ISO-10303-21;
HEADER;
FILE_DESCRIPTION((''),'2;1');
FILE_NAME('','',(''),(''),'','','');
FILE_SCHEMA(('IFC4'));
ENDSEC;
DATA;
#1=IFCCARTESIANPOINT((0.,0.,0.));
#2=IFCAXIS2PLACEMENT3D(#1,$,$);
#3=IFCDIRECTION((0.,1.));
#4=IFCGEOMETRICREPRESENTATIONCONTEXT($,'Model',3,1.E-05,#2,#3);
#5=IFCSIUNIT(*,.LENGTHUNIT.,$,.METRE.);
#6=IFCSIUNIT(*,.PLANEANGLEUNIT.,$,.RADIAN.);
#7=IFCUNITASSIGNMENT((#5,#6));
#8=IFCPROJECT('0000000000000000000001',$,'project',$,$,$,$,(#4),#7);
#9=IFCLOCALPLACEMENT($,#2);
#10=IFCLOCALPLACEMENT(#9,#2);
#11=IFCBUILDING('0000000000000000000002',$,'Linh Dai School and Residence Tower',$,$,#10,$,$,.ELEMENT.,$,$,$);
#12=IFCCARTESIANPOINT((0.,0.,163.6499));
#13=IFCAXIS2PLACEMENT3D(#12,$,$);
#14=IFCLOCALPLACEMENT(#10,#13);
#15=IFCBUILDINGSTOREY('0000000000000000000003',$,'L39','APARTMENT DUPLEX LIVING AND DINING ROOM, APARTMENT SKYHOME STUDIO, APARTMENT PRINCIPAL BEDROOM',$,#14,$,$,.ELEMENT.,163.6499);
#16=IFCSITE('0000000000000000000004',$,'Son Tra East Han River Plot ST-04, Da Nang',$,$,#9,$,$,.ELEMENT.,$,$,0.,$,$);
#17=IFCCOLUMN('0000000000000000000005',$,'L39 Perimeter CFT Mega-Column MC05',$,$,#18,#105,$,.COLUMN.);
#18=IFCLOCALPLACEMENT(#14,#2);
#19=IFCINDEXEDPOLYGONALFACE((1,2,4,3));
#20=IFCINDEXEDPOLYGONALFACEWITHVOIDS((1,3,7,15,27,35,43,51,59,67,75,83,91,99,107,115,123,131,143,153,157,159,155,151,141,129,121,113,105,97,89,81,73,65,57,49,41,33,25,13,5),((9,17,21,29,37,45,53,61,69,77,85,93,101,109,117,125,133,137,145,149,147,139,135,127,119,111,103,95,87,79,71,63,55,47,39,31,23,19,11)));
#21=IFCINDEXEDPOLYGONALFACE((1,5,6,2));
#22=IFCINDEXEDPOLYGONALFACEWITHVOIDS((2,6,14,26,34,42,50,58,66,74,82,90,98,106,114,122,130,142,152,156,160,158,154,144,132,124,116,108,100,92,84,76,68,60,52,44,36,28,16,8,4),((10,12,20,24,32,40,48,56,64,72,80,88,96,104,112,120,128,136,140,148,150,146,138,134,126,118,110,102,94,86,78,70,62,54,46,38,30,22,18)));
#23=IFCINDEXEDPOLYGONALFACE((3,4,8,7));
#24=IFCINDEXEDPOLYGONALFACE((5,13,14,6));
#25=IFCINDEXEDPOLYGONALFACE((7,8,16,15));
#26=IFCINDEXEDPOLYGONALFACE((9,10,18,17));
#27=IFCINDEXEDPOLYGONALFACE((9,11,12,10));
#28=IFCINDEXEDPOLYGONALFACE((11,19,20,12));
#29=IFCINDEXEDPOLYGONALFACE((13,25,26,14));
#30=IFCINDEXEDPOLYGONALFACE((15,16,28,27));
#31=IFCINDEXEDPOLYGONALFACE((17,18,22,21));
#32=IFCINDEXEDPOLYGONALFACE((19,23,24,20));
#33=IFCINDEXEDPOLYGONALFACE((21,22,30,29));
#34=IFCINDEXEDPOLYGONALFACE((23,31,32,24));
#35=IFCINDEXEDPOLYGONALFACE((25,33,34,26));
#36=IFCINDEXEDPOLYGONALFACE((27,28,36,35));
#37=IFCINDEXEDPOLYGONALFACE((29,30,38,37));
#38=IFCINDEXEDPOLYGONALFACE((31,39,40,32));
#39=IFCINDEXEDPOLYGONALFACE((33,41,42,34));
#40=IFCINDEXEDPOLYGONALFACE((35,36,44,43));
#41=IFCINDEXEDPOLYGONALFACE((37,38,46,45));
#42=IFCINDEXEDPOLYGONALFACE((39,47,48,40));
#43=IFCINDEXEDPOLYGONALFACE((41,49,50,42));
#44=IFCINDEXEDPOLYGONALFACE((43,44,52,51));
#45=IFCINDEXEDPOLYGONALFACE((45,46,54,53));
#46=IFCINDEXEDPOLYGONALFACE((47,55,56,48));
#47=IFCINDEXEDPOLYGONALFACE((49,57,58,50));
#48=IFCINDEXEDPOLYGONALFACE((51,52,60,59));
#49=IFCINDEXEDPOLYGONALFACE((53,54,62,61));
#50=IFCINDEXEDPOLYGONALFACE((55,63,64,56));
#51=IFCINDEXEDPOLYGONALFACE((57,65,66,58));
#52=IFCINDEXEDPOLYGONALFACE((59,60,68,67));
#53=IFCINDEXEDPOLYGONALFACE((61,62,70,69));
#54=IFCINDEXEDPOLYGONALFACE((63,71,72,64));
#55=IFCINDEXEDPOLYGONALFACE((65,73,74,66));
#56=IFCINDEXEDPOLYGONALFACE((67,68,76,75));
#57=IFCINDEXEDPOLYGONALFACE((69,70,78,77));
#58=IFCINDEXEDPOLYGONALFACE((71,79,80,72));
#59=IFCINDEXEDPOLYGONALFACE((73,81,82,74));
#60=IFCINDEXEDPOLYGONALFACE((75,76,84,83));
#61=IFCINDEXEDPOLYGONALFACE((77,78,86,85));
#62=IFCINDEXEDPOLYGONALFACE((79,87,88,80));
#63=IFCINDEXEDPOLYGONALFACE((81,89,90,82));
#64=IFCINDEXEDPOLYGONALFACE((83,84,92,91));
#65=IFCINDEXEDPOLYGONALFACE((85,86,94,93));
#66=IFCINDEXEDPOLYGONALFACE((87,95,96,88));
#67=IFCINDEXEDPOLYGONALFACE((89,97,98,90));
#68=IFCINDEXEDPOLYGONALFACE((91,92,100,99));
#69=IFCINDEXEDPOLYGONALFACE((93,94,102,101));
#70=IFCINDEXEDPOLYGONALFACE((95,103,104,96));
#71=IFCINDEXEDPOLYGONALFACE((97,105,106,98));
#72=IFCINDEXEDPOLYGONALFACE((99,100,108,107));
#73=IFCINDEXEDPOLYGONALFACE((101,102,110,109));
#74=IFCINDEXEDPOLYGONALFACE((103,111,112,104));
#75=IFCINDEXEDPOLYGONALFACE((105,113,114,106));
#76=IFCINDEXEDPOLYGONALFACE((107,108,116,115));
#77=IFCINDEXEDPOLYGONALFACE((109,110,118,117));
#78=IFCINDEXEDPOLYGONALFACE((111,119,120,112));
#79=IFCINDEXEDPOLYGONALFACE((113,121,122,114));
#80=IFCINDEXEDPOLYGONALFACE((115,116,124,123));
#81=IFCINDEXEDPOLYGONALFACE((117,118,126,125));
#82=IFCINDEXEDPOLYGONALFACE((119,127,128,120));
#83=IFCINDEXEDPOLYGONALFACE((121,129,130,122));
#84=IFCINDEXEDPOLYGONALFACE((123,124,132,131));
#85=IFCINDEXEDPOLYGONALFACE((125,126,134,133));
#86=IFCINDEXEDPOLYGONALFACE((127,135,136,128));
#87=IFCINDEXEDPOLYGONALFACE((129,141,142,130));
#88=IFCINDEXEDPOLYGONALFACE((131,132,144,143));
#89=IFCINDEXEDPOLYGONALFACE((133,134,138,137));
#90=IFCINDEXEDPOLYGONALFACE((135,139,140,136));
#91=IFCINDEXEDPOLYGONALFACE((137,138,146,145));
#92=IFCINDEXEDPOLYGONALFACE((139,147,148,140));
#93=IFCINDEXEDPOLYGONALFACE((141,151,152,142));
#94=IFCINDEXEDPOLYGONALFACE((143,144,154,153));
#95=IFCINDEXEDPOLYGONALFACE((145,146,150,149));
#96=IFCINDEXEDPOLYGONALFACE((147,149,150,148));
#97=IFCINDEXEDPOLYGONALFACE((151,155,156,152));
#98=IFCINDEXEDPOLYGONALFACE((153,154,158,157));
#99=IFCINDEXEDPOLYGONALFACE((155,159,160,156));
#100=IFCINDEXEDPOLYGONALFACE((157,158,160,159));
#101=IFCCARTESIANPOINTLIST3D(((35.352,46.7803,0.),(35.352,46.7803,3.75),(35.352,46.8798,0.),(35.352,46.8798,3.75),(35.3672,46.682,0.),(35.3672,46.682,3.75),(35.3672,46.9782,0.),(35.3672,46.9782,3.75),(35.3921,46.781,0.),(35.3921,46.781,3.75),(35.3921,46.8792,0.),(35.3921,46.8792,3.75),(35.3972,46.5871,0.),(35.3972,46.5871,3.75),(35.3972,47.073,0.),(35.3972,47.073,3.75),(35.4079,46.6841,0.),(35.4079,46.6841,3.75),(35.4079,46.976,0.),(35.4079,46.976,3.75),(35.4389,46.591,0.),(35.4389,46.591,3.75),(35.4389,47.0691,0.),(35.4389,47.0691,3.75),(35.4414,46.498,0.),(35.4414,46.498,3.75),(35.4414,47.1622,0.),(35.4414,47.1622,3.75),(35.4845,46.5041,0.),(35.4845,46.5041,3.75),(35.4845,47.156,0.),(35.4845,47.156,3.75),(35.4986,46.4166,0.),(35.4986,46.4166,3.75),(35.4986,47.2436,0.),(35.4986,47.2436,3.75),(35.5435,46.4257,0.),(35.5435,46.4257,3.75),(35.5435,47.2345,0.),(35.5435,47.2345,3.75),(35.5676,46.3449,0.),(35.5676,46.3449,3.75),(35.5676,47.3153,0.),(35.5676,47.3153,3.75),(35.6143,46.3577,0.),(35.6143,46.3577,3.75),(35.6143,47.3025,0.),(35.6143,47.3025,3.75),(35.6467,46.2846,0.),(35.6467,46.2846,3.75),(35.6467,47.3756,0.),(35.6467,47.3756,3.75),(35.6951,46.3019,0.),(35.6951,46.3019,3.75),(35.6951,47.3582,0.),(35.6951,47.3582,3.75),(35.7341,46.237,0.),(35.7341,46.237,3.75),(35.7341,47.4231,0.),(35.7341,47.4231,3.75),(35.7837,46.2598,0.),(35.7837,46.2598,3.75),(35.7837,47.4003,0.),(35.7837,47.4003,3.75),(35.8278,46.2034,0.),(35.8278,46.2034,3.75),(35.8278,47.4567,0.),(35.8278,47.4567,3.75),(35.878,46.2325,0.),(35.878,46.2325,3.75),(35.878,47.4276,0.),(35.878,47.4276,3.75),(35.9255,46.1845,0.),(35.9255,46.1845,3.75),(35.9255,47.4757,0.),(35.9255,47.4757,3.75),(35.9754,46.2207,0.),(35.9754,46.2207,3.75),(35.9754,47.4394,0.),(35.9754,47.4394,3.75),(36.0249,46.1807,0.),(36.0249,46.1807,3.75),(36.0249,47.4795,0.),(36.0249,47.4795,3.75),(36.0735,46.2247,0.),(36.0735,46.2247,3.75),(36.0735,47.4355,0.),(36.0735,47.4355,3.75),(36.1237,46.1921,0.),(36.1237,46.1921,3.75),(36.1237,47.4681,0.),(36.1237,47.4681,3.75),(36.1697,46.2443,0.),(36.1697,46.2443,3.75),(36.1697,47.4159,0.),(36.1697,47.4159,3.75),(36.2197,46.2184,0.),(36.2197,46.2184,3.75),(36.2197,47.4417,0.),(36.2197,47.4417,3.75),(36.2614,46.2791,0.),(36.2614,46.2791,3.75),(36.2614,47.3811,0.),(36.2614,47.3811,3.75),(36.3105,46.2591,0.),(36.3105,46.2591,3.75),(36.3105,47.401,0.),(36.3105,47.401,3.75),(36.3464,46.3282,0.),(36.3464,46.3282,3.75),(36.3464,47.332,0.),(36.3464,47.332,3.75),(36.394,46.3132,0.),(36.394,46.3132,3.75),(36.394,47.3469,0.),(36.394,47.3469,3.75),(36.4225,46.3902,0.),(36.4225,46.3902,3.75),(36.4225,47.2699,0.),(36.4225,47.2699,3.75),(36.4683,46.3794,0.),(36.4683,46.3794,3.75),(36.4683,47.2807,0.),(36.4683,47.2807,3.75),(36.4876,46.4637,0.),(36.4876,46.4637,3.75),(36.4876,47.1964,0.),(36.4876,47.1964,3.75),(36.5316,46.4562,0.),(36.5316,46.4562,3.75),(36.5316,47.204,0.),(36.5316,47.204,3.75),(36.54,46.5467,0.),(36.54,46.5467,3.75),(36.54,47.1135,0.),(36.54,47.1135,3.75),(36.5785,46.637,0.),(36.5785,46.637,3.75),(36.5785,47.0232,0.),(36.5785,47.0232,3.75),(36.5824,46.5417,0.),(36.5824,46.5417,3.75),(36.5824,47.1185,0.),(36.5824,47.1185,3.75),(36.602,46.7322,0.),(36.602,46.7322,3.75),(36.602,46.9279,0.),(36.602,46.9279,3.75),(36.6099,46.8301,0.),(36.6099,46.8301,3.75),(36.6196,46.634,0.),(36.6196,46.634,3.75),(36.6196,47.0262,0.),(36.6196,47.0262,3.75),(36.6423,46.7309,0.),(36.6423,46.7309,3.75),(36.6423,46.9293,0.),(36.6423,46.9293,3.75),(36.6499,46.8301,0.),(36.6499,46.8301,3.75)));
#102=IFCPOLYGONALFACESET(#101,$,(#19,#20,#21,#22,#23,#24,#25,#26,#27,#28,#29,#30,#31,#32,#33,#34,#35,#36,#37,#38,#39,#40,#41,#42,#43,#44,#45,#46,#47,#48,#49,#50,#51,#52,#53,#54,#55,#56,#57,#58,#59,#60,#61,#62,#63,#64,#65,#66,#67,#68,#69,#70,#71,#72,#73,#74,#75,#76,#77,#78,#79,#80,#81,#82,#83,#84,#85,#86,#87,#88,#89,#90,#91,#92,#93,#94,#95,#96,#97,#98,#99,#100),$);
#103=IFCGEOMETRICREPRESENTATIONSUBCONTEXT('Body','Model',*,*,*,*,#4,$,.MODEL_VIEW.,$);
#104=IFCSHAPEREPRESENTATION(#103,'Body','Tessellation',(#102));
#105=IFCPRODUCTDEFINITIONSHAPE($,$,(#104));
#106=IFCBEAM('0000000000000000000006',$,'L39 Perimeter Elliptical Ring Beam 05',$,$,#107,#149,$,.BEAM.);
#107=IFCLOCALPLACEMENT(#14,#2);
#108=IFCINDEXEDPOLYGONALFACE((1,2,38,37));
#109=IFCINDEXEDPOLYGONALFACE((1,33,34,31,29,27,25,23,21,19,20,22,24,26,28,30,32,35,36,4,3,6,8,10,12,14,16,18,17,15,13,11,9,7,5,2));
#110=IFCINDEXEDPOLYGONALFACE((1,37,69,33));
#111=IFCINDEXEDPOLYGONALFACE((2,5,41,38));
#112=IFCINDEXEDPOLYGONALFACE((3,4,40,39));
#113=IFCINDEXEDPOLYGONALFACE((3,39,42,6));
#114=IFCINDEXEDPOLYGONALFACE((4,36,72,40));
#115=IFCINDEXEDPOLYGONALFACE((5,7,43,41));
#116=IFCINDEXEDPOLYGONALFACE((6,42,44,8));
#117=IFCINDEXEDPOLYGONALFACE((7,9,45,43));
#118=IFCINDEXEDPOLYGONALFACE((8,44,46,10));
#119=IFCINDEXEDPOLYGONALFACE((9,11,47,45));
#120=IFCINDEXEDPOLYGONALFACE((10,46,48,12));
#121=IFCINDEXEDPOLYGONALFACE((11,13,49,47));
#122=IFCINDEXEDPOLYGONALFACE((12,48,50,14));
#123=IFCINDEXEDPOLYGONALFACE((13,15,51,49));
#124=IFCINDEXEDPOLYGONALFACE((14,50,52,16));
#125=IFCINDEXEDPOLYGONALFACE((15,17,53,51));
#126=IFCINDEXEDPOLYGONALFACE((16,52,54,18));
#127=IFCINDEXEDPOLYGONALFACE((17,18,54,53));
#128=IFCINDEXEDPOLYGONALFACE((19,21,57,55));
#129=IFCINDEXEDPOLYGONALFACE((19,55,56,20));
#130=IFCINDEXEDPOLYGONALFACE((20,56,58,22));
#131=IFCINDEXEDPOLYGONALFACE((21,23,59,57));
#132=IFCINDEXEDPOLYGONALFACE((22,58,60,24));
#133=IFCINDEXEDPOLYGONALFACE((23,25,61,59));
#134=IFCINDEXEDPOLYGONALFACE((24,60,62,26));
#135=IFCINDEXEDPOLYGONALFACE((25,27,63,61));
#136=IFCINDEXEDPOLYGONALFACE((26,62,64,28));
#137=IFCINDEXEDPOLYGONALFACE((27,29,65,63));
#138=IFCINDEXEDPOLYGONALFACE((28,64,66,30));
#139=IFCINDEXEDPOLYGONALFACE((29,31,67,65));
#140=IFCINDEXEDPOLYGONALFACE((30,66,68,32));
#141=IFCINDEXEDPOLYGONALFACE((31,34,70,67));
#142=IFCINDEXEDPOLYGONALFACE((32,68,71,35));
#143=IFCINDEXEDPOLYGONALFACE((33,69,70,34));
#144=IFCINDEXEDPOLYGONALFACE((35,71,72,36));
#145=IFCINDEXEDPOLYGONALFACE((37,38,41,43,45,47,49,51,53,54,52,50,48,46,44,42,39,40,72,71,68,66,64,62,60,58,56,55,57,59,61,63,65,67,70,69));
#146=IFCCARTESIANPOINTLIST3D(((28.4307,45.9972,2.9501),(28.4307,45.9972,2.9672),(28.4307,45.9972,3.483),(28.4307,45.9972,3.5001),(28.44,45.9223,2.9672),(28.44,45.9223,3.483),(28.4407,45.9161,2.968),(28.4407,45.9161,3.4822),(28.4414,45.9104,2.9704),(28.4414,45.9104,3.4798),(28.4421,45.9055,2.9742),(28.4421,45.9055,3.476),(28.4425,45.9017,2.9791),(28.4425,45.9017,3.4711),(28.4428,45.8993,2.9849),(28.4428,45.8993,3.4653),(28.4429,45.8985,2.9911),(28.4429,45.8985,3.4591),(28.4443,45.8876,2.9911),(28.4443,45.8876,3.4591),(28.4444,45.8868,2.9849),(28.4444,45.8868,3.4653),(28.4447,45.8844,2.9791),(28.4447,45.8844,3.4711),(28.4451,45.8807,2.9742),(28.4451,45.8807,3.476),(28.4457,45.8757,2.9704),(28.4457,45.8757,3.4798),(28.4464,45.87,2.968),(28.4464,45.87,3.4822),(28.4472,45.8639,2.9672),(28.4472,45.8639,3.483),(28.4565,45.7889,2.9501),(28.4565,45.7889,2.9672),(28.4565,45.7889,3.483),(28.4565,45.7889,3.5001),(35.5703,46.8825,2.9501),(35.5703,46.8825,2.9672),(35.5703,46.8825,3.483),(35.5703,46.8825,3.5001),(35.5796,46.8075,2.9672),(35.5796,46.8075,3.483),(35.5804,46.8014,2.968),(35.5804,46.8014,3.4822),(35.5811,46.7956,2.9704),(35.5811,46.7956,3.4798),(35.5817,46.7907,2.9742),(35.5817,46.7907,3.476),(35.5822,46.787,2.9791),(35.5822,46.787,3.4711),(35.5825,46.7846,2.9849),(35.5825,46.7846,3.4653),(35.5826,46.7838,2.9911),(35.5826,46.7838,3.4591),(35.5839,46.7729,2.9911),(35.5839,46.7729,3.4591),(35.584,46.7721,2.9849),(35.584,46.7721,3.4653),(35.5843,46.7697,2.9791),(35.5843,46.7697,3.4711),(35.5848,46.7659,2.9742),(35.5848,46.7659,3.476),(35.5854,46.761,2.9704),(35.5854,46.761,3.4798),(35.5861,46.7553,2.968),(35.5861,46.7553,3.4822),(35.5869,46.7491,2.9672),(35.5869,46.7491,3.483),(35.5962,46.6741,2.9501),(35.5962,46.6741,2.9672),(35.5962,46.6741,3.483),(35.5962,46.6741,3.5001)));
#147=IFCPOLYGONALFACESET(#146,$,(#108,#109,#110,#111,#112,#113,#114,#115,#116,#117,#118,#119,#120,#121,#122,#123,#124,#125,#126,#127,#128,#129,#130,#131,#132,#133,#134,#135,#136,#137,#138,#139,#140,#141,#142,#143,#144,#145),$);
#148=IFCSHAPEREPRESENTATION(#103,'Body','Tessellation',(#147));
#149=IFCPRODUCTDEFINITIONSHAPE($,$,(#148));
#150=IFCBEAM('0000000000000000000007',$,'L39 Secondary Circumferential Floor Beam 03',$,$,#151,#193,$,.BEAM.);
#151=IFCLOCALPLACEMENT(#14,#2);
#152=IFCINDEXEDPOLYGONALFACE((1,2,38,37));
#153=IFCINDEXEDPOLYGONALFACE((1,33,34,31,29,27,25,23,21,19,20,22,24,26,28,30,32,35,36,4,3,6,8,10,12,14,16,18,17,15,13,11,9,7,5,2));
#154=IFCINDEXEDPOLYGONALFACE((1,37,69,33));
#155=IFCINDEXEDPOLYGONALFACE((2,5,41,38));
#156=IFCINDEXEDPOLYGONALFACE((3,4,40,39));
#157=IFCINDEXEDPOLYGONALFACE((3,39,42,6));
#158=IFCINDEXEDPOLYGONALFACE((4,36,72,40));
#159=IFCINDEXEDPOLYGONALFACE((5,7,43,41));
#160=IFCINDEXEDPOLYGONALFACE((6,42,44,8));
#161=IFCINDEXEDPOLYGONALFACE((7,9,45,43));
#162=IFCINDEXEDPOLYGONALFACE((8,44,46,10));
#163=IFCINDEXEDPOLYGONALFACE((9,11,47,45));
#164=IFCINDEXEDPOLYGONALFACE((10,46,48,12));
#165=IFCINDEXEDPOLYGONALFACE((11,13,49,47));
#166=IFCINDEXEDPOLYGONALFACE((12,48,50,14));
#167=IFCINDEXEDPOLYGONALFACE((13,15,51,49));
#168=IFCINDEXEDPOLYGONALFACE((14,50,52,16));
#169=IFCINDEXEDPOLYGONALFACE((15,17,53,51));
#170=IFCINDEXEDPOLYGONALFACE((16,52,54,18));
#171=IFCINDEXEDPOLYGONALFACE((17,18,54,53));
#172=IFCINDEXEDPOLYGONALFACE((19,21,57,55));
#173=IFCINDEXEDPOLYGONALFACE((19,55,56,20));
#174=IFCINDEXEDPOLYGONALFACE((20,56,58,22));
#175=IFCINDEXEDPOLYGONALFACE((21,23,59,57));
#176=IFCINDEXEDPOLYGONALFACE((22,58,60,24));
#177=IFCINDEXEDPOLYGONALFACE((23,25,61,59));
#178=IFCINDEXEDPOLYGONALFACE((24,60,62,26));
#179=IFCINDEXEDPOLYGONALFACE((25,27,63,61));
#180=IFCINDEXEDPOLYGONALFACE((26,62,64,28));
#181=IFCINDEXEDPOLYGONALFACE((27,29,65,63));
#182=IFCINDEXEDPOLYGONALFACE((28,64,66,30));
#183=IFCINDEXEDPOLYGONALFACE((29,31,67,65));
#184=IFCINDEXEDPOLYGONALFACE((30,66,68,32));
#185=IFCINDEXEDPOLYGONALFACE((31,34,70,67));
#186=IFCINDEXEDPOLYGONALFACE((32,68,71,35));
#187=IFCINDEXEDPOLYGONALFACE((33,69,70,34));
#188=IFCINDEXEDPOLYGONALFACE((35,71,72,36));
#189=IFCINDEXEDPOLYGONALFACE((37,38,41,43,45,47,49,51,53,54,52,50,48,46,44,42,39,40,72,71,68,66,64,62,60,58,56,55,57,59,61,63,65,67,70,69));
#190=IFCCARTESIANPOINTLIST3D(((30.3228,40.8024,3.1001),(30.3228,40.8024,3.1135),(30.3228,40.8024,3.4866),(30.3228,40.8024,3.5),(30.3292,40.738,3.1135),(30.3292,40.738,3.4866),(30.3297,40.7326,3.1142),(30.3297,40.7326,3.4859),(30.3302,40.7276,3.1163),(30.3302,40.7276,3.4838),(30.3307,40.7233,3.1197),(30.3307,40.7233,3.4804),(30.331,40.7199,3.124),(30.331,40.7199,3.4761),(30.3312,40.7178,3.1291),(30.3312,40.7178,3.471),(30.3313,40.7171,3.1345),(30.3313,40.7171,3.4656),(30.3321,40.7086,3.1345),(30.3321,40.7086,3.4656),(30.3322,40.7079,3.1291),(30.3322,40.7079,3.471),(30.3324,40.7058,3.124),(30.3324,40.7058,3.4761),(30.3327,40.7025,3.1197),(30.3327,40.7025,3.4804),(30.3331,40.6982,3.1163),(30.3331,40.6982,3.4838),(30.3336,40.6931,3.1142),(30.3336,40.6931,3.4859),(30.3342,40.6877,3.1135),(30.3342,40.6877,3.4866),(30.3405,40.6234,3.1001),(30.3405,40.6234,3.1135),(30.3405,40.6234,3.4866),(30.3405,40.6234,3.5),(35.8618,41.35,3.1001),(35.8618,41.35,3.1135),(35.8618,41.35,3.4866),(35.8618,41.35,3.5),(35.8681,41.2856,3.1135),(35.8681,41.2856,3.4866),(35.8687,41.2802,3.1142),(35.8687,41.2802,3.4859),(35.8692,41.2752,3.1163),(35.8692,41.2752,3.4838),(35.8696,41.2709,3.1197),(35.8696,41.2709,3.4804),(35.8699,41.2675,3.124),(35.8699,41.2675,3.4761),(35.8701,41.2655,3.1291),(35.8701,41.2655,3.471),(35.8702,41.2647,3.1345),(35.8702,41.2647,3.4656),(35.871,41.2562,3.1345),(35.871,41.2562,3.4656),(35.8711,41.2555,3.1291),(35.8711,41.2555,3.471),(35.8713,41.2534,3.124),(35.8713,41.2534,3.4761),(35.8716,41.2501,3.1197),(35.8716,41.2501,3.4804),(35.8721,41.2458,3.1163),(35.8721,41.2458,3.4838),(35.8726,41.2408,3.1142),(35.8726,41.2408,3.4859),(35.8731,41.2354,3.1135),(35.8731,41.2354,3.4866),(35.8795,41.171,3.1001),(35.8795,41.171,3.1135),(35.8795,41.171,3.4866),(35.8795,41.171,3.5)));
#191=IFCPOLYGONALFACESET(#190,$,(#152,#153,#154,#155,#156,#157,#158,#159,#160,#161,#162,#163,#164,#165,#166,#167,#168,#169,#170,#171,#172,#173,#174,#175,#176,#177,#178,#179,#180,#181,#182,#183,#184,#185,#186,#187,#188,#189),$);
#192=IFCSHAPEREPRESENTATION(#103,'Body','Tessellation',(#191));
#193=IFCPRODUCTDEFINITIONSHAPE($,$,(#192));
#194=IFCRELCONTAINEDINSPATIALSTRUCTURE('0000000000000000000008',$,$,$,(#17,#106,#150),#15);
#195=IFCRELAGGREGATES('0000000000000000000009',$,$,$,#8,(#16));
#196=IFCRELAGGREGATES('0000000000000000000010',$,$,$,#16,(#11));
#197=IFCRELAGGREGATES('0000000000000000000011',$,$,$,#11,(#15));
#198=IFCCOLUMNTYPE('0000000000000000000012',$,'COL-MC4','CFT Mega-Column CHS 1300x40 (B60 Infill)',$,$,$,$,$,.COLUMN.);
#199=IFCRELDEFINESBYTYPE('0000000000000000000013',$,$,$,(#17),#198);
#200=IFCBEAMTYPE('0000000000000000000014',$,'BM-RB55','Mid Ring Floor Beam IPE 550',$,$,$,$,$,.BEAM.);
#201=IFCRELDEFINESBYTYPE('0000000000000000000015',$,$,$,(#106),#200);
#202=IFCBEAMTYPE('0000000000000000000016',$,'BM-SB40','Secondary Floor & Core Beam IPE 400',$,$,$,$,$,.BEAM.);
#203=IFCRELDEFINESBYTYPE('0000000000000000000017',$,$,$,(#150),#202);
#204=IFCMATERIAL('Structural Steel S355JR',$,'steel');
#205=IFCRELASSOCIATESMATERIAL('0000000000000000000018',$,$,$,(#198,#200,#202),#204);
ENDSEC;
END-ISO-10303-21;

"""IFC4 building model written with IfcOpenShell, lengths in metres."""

from ifc_helpers import new_model, si_unit, direction, frame, origin, origin_2d, place, context, subcontext, project, spatial, hollow_circle, i_section, extrude, material, material_profile, profile_set, type_object, element, save


model = new_model("IFC4")

# Units and contexts
model_context = context("Model", 3, precision=1e-05, world=origin(), true_north=direction((0.0, 1.0)))
body_context = subcontext(model_context, "Body", "Model", "MODEL_VIEW")
ifc_project = project(units=[si_unit("LENGTHUNIT", "METRE"), si_unit("PLANEANGLEUNIT", "RADIAN")], contexts=[model_context])

# Site, building, storey
site_placement = place(None, origin())
site = spatial("IfcSite", under=ifc_project, at=site_placement, Name="Son Tra East Han River Plot ST-04, Da Nang", CompositionType="ELEMENT", RefElevation=0.0)
building_placement = place(site_placement, origin())
building = spatial("IfcBuilding", under=site, at=building_placement, Name="Linh Dai School and Residence Tower", CompositionType="ELEMENT")
storey_placement = place(building_placement, frame((0.0, 0.0, 163.6499)))
storey = spatial("IfcBuildingStorey", under=building, at=storey_placement, Name="L39", Description="APARTMENT DUPLEX LIVING AND DINING ROOM, APARTMENT SKYHOME STUDIO, APARTMENT PRINCIPAL BEDROOM", CompositionType="ELEMENT", Elevation=163.6499)

# Column
ifc_material_1 = material(Name="Structural Steel S355JR", Category="steel")
ifc_material_profile_1 = material_profile(ifc_material_1, hollow_circle(Radius=0.6499, WallThickness=0.04, at=origin_2d()), Name="CHS 1300x40")
ifc_profile_set_1 = profile_set([ifc_material_profile_1], Name="Structural Steel S355JR")
column_type = type_object("IfcColumnType", Name="COL-MC4", Description="CFT Mega-Column CHS 1300x40 (B60 Infill)", PredefinedType="COLUMN", material=ifc_profile_set_1)
column_placement = place(storey_placement, frame((36.0, 46.8301, 0.0), z_axis=(0.0, 0.0, 1.0), x_axis=(1.0, 0.0, 0.0)))
element("IfcColumn", 1, at=column_placement, inside=storey, type_object=column_type, Name="L39 Perimeter CFT Mega-Column MC05", PredefinedType="COLUMN", context=body_context, shape_type="SweptSolid", body=[
    extrude(hollow_circle(Radius=0.6499, WallThickness=0.04, at=origin_2d()), origin(), (0.0, 0.0, 1.0), 3.75),
])

# Beams
ifc_material_profile_2 = material_profile(ifc_material_1, i_section(OverallWidth=0.21, OverallDepth=0.55, WebThickness=0.011, FlangeThickness=0.0171, FilletRadius=0.0239, at=origin_2d()), Name="IPE 550")
ifc_profile_set_2 = profile_set([ifc_material_profile_2], Name="Structural Steel S355JR")
beam_type_1 = type_object("IfcBeamType", Name="BM-RB55", Description="Mid Ring Floor Beam IPE 550", PredefinedType="BEAM", material=ifc_profile_set_2)
beam_1_placement = place(storey_placement, frame((35.5833, 46.7783, 3.2251), z_axis=(-0.992401, -0.123049, 0.0), x_axis=(0.123049, -0.992401, 0.0)))
element("IfcBeam", 2, at=beam_1_placement, inside=storey, type_object=beam_type_1, Name="L39 Perimeter Elliptical Ring Beam 05", PredefinedType="BEAM", context=body_context, shape_type="SweptSolid", body=[
    extrude(i_section(OverallWidth=0.21, OverallDepth=0.55, WebThickness=0.011, FlangeThickness=0.0171, FilletRadius=0.0239, at=origin_2d()), origin(), (0.0, 0.0, 1.0), 7.1943),
])
ifc_material_profile_3 = material_profile(ifc_material_1, i_section(OverallWidth=0.1799, OverallDepth=0.3999, WebThickness=0.0085, FlangeThickness=0.0134, FilletRadius=0.021, at=origin_2d()), Name="IPE 400")
ifc_profile_set_3 = profile_set([ifc_material_profile_3], Name="Structural Steel S355JR")
beam_type_2 = type_object("IfcBeamType", Name="BM-SB40", Description="Secondary Floor & Core Beam IPE 400", PredefinedType="BEAM", material=ifc_profile_set_3)
beam_2_placement = place(storey_placement, frame((35.8706, 41.2605, 3.3), z_axis=(-0.995148, -0.098388, 0.0), x_axis=(0.098388, -0.995148, 0.0)))
element("IfcBeam", 3, at=beam_2_placement, inside=storey, type_object=beam_type_2, Name="L39 Secondary Circumferential Floor Beam 03", PredefinedType="BEAM", context=body_context, shape_type="SweptSolid", body=[
    extrude(i_section(OverallWidth=0.1799, OverallDepth=0.3999, WebThickness=0.0085, FlangeThickness=0.0134, FilletRadius=0.021, at=origin_2d()), origin(), (0.0, 0.0, 1.0), 5.5659),
])

save(model, "model.ifc")
